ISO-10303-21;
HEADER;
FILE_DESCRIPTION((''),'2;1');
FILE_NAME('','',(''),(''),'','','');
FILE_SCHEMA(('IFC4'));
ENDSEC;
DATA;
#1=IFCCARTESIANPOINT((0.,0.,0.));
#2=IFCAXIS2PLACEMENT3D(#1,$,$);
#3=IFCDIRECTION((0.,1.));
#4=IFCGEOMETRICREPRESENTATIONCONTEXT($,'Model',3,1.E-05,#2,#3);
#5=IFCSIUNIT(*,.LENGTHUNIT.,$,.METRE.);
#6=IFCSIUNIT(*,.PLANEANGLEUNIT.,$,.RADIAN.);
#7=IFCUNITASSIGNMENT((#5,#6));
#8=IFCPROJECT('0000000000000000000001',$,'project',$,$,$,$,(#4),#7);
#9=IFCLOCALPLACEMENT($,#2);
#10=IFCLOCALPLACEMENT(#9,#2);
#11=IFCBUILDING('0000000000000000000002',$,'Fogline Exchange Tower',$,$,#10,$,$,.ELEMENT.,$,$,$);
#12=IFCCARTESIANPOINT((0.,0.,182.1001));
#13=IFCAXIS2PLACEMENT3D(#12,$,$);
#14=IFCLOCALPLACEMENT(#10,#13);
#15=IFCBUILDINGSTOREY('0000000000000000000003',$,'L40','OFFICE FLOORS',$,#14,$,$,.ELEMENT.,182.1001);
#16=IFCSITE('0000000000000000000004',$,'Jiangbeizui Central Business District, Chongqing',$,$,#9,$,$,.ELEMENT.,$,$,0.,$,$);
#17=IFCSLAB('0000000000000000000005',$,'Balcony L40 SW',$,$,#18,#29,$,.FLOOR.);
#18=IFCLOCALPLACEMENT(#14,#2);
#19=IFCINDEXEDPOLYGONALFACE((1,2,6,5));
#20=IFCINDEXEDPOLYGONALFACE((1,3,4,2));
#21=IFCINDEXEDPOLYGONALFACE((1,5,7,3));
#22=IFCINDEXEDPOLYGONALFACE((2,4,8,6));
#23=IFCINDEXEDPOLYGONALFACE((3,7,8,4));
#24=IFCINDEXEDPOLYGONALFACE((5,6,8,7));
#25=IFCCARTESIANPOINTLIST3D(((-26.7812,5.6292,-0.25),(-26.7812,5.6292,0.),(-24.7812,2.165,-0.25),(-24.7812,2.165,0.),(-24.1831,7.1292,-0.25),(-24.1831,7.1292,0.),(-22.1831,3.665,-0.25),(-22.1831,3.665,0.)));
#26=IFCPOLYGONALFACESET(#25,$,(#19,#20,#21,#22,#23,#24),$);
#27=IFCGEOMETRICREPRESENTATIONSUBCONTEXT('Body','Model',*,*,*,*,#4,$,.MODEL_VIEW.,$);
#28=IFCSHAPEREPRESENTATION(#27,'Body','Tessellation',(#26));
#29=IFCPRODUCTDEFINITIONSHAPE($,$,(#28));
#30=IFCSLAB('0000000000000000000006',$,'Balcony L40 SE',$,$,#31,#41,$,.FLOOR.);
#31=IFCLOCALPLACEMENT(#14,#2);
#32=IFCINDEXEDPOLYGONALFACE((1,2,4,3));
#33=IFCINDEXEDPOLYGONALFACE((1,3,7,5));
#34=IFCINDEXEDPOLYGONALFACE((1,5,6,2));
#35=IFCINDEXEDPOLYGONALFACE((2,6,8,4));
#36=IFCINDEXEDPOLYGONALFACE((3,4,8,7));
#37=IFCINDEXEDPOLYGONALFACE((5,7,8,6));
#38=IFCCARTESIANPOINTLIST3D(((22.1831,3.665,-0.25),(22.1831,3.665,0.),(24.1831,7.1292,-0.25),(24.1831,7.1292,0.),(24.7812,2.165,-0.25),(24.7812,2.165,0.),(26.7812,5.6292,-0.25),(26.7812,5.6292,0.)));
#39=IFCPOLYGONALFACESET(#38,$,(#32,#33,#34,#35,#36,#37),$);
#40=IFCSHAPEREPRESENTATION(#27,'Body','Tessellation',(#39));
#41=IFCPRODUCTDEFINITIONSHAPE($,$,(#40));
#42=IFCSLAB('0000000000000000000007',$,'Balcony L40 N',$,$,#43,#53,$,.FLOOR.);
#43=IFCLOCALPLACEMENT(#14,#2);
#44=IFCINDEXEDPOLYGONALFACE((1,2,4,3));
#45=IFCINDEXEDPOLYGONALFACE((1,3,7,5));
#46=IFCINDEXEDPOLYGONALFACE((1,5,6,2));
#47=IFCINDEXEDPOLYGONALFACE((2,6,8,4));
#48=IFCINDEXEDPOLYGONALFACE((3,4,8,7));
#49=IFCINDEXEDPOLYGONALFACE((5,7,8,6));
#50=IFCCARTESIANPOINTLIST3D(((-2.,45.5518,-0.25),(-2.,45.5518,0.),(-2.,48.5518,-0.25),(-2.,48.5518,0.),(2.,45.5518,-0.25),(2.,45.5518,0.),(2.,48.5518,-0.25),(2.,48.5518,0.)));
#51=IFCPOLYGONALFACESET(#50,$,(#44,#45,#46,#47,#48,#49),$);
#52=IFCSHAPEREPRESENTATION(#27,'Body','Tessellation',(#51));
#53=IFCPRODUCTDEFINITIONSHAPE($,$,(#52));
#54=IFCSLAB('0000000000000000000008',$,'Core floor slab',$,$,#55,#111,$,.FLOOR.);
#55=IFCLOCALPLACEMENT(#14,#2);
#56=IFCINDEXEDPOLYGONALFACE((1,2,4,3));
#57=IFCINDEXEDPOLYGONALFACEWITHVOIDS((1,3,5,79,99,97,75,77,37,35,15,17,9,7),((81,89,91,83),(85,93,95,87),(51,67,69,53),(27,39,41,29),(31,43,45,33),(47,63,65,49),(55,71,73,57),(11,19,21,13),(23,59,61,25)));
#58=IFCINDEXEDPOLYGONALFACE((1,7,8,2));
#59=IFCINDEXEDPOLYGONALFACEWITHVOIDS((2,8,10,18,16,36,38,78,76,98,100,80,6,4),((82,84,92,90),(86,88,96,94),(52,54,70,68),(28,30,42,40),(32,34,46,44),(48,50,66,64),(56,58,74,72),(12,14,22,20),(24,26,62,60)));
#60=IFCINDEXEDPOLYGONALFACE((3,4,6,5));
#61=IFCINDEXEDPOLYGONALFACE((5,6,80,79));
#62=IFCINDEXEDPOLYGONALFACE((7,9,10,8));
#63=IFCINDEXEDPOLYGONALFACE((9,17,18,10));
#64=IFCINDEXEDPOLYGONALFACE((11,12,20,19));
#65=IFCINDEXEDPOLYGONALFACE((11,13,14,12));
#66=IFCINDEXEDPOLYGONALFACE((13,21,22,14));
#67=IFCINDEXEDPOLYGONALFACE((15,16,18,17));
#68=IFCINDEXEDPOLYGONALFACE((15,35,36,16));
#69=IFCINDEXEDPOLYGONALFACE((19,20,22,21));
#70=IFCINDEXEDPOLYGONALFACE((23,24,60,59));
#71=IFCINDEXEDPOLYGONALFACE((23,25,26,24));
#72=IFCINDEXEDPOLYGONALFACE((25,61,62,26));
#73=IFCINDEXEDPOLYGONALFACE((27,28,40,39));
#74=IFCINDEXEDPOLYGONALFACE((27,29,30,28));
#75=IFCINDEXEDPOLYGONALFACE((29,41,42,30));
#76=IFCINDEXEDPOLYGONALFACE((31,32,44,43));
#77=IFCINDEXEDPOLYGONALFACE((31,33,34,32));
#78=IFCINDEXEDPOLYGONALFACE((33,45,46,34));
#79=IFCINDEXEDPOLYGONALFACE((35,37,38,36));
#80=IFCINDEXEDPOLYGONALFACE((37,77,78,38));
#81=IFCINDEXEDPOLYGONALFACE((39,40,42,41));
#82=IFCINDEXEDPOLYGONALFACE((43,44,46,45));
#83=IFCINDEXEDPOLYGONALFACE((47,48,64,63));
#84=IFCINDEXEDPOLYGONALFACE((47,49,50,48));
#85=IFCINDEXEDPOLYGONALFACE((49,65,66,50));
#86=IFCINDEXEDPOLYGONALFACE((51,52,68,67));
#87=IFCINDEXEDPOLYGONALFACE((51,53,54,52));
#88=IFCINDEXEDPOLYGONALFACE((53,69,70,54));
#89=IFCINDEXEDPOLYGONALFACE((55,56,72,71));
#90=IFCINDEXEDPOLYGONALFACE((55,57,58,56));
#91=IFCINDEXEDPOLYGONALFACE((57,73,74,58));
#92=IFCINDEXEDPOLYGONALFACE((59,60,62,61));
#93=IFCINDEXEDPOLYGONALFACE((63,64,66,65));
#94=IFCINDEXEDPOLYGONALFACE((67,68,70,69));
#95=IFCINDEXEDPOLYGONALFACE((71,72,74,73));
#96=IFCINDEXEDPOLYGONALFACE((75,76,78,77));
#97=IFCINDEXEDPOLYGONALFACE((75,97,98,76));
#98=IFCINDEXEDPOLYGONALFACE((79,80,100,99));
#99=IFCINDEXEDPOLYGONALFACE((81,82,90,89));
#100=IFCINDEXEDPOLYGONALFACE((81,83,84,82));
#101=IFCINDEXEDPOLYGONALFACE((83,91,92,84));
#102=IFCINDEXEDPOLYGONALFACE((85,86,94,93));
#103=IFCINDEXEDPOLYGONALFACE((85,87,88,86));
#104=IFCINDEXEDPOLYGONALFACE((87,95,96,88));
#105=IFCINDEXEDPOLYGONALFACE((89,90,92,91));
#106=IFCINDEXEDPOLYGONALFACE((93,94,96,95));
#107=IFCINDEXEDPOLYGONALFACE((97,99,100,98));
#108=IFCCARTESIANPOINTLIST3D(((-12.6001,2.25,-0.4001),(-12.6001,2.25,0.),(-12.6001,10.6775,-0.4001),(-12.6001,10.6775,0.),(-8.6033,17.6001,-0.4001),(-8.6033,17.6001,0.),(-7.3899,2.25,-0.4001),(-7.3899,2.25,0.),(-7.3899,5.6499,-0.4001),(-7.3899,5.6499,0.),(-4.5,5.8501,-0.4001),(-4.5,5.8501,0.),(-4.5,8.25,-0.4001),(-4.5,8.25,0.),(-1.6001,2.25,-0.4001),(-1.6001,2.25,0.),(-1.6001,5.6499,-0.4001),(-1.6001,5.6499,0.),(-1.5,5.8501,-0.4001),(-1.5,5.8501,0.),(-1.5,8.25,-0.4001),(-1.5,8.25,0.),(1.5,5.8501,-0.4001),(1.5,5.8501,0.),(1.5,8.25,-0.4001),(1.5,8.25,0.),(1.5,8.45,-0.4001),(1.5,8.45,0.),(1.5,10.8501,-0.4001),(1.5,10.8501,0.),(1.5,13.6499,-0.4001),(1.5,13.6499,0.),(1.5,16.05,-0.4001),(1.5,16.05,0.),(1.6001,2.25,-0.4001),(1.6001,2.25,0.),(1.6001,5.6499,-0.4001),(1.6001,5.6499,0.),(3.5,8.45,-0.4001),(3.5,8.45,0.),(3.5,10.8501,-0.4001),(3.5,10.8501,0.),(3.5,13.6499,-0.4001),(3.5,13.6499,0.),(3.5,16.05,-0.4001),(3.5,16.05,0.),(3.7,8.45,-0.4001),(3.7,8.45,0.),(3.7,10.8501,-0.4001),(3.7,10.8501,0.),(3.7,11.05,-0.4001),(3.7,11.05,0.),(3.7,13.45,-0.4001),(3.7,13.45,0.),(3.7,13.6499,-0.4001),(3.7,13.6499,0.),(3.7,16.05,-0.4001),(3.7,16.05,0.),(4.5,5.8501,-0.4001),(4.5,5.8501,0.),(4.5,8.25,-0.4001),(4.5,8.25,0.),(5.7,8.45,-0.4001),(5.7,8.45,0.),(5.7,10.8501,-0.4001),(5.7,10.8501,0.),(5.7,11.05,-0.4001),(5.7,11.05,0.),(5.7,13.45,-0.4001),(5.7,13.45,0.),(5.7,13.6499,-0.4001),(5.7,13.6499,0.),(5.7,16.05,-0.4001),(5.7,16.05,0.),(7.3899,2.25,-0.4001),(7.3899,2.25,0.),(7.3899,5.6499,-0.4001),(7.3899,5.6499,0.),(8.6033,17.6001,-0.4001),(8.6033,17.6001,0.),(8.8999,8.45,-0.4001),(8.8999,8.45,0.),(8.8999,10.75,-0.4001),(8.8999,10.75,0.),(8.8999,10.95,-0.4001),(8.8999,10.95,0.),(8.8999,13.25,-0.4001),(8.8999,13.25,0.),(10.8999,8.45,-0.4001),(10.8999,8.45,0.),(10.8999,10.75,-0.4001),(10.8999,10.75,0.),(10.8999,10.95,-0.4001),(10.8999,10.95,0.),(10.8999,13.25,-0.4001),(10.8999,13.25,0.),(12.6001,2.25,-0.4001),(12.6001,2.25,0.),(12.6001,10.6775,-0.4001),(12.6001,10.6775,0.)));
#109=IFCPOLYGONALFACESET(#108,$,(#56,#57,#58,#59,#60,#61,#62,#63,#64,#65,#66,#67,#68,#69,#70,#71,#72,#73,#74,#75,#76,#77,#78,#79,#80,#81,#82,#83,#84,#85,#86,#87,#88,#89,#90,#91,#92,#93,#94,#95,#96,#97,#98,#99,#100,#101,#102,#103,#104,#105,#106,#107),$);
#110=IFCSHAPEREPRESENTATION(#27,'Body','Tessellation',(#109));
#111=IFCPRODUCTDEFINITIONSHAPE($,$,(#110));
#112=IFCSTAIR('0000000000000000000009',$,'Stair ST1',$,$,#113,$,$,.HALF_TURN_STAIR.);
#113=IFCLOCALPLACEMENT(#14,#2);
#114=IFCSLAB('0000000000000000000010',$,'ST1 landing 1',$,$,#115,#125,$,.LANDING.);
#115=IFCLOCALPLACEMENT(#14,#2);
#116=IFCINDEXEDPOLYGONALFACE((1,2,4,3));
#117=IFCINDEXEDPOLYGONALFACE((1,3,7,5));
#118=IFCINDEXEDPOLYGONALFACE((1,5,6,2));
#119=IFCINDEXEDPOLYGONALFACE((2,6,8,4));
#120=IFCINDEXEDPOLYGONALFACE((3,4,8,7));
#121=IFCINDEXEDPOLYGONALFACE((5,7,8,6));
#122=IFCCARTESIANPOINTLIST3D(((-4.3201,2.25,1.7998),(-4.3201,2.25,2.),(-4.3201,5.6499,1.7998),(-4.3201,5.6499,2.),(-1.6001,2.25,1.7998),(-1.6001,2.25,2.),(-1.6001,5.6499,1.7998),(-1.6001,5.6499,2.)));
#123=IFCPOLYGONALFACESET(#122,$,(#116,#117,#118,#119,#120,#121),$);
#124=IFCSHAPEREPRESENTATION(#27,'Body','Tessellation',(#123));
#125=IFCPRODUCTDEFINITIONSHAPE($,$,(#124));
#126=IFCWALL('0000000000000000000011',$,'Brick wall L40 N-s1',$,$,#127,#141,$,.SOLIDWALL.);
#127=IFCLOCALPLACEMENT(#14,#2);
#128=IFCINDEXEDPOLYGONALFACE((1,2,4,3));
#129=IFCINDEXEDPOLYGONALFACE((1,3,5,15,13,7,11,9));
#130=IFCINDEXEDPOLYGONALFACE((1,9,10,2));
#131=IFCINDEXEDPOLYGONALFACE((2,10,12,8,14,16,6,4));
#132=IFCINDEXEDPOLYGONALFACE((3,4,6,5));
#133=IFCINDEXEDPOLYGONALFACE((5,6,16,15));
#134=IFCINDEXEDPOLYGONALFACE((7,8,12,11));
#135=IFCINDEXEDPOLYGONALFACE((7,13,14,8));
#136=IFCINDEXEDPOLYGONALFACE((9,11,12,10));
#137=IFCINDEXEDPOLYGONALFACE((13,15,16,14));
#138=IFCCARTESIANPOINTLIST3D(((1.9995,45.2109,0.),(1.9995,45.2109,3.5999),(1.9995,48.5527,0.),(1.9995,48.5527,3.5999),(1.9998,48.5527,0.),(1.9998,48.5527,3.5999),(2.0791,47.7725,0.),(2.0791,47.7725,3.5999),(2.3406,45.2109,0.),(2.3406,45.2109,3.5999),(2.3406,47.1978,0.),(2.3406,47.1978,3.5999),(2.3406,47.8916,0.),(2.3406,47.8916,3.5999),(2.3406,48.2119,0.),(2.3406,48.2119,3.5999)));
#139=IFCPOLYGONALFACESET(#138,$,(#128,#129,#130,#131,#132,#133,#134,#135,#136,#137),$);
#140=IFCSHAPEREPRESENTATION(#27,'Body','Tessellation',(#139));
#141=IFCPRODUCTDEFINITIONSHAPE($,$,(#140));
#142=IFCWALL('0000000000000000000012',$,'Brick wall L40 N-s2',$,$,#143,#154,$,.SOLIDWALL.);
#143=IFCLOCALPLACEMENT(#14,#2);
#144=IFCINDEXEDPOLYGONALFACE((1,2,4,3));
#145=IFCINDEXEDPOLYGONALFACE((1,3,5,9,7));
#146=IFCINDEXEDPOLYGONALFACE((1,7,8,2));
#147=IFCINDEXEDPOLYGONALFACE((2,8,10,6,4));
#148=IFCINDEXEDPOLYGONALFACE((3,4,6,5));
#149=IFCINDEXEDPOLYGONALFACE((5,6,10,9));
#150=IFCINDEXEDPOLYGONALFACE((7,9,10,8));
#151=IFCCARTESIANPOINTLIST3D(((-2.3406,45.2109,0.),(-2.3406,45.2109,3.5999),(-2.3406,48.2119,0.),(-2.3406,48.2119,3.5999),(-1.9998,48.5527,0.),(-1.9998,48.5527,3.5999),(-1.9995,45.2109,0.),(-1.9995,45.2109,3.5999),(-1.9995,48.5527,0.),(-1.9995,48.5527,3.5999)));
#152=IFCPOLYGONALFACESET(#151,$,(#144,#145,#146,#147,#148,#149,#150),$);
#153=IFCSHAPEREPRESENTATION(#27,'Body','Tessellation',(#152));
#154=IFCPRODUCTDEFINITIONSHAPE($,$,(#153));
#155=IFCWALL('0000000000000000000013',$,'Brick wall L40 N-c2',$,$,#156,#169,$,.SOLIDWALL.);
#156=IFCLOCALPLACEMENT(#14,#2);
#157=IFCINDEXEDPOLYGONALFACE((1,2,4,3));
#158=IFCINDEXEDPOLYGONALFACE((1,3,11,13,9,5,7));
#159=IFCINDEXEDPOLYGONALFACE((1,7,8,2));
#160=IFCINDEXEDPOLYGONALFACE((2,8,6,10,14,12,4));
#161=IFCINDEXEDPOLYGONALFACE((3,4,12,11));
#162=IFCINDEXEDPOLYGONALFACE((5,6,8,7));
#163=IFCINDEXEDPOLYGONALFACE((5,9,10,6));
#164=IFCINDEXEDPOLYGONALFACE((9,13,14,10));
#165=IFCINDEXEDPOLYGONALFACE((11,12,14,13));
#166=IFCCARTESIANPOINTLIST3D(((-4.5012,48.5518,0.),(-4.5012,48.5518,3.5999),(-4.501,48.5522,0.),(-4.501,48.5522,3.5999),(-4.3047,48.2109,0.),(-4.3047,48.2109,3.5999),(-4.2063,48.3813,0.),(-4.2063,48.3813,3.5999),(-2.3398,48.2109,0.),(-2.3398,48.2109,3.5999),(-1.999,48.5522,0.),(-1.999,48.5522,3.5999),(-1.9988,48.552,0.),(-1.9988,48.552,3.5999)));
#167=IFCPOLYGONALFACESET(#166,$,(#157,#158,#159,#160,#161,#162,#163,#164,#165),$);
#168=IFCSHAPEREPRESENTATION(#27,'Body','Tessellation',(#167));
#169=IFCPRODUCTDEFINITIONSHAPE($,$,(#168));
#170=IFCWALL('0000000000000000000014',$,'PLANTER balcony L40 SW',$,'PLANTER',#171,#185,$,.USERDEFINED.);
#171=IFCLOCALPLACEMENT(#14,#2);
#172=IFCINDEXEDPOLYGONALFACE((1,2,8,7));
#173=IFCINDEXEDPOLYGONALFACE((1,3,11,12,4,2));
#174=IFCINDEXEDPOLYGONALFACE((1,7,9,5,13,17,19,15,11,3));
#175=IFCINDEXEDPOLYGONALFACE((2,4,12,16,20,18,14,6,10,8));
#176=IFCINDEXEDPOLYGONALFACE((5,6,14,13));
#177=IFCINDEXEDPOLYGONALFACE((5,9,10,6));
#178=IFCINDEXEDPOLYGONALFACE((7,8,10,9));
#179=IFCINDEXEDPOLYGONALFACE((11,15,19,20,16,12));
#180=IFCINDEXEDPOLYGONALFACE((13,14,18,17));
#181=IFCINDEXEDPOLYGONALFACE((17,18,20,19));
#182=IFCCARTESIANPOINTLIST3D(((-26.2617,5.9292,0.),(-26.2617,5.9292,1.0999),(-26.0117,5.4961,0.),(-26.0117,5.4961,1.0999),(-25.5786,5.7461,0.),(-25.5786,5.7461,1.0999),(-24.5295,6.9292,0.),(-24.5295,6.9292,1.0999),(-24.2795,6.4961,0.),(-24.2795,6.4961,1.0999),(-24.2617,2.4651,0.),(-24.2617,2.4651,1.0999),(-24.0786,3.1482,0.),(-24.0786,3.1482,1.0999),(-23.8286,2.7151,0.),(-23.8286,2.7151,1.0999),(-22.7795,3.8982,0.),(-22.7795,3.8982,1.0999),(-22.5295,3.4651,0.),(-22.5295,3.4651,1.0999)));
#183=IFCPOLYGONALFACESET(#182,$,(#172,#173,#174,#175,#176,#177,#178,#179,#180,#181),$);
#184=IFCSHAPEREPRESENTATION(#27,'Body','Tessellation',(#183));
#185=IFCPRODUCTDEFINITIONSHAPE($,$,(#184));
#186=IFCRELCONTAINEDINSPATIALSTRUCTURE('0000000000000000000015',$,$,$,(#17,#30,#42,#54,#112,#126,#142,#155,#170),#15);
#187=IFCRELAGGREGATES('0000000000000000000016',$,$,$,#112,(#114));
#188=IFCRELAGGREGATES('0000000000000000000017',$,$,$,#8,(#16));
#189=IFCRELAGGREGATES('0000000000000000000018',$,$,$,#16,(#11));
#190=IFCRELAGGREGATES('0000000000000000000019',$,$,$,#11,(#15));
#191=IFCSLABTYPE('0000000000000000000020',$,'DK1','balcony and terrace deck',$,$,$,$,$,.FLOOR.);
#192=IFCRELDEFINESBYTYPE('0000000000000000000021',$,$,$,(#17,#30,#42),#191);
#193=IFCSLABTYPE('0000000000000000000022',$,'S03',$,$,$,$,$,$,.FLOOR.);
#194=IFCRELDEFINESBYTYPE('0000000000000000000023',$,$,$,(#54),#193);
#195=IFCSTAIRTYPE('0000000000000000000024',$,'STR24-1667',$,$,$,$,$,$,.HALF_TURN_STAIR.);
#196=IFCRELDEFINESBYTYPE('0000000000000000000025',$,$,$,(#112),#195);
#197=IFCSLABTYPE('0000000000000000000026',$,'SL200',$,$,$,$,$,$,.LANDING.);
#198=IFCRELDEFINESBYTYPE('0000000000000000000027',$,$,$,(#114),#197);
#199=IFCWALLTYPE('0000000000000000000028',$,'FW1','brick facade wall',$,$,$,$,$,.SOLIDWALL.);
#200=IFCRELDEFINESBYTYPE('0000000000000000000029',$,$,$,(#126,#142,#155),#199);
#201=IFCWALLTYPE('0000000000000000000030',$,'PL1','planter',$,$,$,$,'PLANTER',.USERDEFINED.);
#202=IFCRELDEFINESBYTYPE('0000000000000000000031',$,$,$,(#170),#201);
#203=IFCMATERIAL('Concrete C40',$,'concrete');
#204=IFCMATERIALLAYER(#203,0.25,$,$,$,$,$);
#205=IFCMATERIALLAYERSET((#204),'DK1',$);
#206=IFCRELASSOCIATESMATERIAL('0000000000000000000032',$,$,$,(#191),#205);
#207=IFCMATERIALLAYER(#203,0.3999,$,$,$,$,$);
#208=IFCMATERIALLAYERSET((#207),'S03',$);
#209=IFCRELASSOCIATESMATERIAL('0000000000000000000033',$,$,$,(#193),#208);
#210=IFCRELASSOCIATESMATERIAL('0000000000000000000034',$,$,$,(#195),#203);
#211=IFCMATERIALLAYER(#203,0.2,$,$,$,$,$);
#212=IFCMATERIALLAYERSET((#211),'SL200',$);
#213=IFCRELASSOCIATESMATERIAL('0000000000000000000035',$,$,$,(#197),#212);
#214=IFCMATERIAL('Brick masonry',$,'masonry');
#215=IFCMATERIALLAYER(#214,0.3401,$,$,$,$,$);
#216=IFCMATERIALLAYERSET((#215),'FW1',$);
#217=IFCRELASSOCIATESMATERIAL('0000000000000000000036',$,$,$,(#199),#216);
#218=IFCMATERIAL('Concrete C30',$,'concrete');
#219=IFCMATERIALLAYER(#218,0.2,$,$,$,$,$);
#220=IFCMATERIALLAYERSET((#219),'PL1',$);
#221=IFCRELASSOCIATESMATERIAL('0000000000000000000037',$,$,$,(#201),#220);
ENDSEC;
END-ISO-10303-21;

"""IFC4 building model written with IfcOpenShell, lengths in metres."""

from ifc_helpers import new_model, si_unit, direction, frame, origin, place, context, subcontext, project, spatial, polyline, outline, extrude, material, layer, layer_set, type_object, element, aggregate, save


model = new_model("IFC4")

# Units and contexts
model_context = context("Model", 3, precision=1e-05, world=origin(), true_north=direction((0.0, 1.0)))
body_context = subcontext(model_context, "Body", "Model", "MODEL_VIEW")
ifc_project = project(units=[si_unit("LENGTHUNIT", "METRE"), si_unit("PLANEANGLEUNIT", "RADIAN")], contexts=[model_context])

# Site, building, storey
site_placement = place(None, origin())
site = spatial("IfcSite", under=ifc_project, at=site_placement, Name="Jiangbeizui Central Business District, Chongqing", CompositionType="ELEMENT", RefElevation=0.0)
building_placement = place(site_placement, origin())
building = spatial("IfcBuilding", under=site, at=building_placement, Name="Fogline Exchange Tower", CompositionType="ELEMENT")
storey_placement = place(building_placement, frame((0.0, 0.0, 182.1001)))
storey = spatial("IfcBuildingStorey", under=building, at=storey_placement, Name="L40", Description="OFFICE FLOORS", CompositionType="ELEMENT", Elevation=182.1001)

# Slabs
ifc_material_1 = material(Name="Concrete C40", Category="concrete")
ifc_layer_1 = layer(ifc_material_1, 0.25)
ifc_layer_set_1 = layer_set([ifc_layer_1], Name="DK1")
slab_type_1 = type_object("IfcSlabType", Name="DK1", Description="balcony and terrace deck", PredefinedType="FLOOR", material=ifc_layer_set_1)
slab_1_placement = place(storey_placement, frame((0.0, 0.0, -0.25)))
element("IfcSlab", 1, at=slab_1_placement, inside=storey, type_object=slab_type_1, Name="Balcony L40 SW", PredefinedType="FLOOR", context=body_context, shape_type="SweptSolid", body=[
    extrude(outline(polyline([(-26.7812, 5.6292), (-24.7812, 2.165), (-22.1831, 3.665), (-24.1831, 7.1292), (-26.7812, 5.6292)])), origin(), (0.0, 0.0, 1.0), 0.25),
])
slab_2_placement = place(storey_placement, frame((0.0, 0.0, -0.25)))
element("IfcSlab", 2, at=slab_2_placement, inside=storey, type_object=slab_type_1, Name="Balcony L40 SE", PredefinedType="FLOOR", context=body_context, shape_type="SweptSolid", body=[
    extrude(outline(polyline([(24.7812, 2.165), (26.7812, 5.6292), (24.1831, 7.1292), (22.1831, 3.665), (24.7812, 2.165)])), origin(), (0.0, 0.0, 1.0), 0.25),
])
slab_3_placement = place(storey_placement, frame((0.0, 0.0, -0.25)))
element("IfcSlab", 3, at=slab_3_placement, inside=storey, type_object=slab_type_1, Name="Balcony L40 N", PredefinedType="FLOOR", context=body_context, shape_type="SweptSolid", body=[
    extrude(outline(polyline([(2.0, 48.5518), (-2.0, 48.5518), (-2.0, 45.5518), (2.0, 45.5518), (2.0, 48.5518)])), origin(), (0.0, 0.0, 1.0), 0.25),
])
ifc_layer_2 = layer(ifc_material_1, 0.3999)
ifc_layer_set_2 = layer_set([ifc_layer_2], Name="S03")
slab_type_2 = type_object("IfcSlabType", Name="S03", PredefinedType="FLOOR", material=ifc_layer_set_2)
slab_4_placement = place(storey_placement, frame((0.0, 0.0, -0.4001)))
element("IfcSlab", 4, at=slab_4_placement, inside=storey, type_object=slab_type_2, Name="Core floor slab", PredefinedType="FLOOR", context=body_context, shape_type="SweptSolid", body=[
    extrude(outline(polyline([(-12.6001, 2.25), (-12.6001, 10.6775), (-8.6033, 17.6001), (8.6033, 17.6001), (12.6001, 10.6775), (12.6001, 2.25), (7.3899, 2.25), (7.3899, 5.6499), (1.6001, 5.6499), (1.6001, 2.25), (-1.6001, 2.25), (-1.6001, 5.6499), (-7.3899, 5.6499), (-7.3899, 2.25), (-12.6001, 2.25)]), holes=[polyline([(-4.5, 8.25), (-4.5, 5.8501), (-1.5, 5.8501), (-1.5, 8.25), (-4.5, 8.25)]), polyline([(4.5, 8.25), (1.5, 8.25), (1.5, 5.8501), (4.5, 5.8501), (4.5, 8.25)]), polyline([(3.5, 10.8501), (1.5, 10.8501), (1.5, 8.45), (3.5, 8.45), (3.5, 10.8501)]), polyline([(1.5, 16.05), (1.5, 13.6499), (3.5, 13.6499), (3.5, 16.05), (1.5, 16.05)]), polyline([(10.8999, 10.75), (8.8999, 10.75), (8.8999, 8.45), (10.8999, 8.45), (10.8999, 10.75)]), polyline([(5.7, 10.8501), (3.7, 10.8501), (3.7, 8.45), (5.7, 8.45), (5.7, 10.8501)]), polyline([(8.8999, 13.25), (8.8999, 10.95), (10.8999, 10.95), (10.8999, 13.25), (8.8999, 13.25)]), polyline([(5.7, 13.45), (3.7, 13.45), (3.7, 11.05), (5.7, 11.05), (5.7, 13.45)]), polyline([(5.7, 16.05), (3.7, 16.05), (3.7, 13.6499), (5.7, 13.6499), (5.7, 16.05)])]), origin(), (0.0, 0.0, 1.0), 0.4001),
])

# Stair, slab
stair_type = type_object("IfcStairType", Name="STR24-1667", PredefinedType="HALF_TURN_STAIR", material=ifc_material_1)
stair_placement = place(storey_placement, origin())
stair = element("IfcStair", 5, at=stair_placement, inside=storey, type_object=stair_type, Name="Stair ST1", PredefinedType="HALF_TURN_STAIR")
ifc_layer_3 = layer(ifc_material_1, 0.2)
ifc_layer_set_3 = layer_set([ifc_layer_3], Name="SL200")
slab_type_3 = type_object("IfcSlabType", Name="SL200", PredefinedType="LANDING", material=ifc_layer_set_3)
slab_5_placement = place(storey_placement, frame((0.0, 0.0, 1.7998)))
slab_5 = element("IfcSlab", 6, at=slab_5_placement, type_object=slab_type_3, Name="ST1 landing 1", PredefinedType="LANDING", context=body_context, shape_type="SweptSolid", body=[
    extrude(outline(polyline([(-4.3201, 2.25), (-1.6001, 2.25), (-1.6001, 5.6499), (-4.3201, 5.6499), (-4.3201, 2.25)])), origin(), (0.0, 0.0, 1.0), 0.2002),
])
aggregate(stair, [slab_5])

# Walls
ifc_material_2 = material(Name="Brick masonry", Category="masonry")
ifc_layer_4 = layer(ifc_material_2, 0.3401)
ifc_layer_set_4 = layer_set([ifc_layer_4], Name="FW1")
wall_type_1 = type_object("IfcWallType", Name="FW1", Description="brick facade wall", PredefinedType="SOLIDWALL", material=ifc_layer_set_4)
wall_1_placement = place(storey_placement, origin())
element("IfcWall", 7, at=wall_1_placement, inside=storey, type_object=wall_type_1, Name="Brick wall L40 N-s1", PredefinedType="SOLIDWALL", context=body_context, shape_type="SweptSolid", body=[
    extrude(outline(polyline([(1.9995, 45.2109), (1.9995, 48.5527), (1.9998, 48.5527), (2.3406, 48.2119), (2.3406, 47.8916), (2.0791, 47.7725), (2.3406, 47.1978), (2.3406, 45.2109), (1.9995, 45.2109)])), origin(), (0.0, 0.0, 1.0), 3.5999),
])
wall_2_placement = place(storey_placement, origin())
element("IfcWall", 8, at=wall_2_placement, inside=storey, type_object=wall_type_1, Name="Brick wall L40 N-s2", PredefinedType="SOLIDWALL", context=body_context, shape_type="SweptSolid", body=[
    extrude(outline(polyline([(-1.9995, 48.5527), (-1.9995, 45.2109), (-2.3406, 45.2109), (-2.3406, 48.2119), (-1.9998, 48.5527), (-1.9995, 48.5527)])), origin(), (0.0, 0.0, 1.0), 3.5999),
])
wall_3_placement = place(storey_placement, origin())
element("IfcWall", 9, at=wall_3_placement, inside=storey, type_object=wall_type_1, Name="Brick wall L40 N-c2", PredefinedType="SOLIDWALL", context=body_context, shape_type="SweptSolid", body=[
    extrude(outline(polyline([(-4.3047, 48.2109), (-4.2063, 48.3813), (-4.5012, 48.5518), (-4.501, 48.5522), (-1.999, 48.5522), (-1.9988, 48.552), (-2.3398, 48.2109), (-4.3047, 48.2109)])), origin(), (0.0, 0.0, 1.0), 3.5999),
])
ifc_material_3 = material(Name="Concrete C30", Category="concrete")
ifc_layer_5 = layer(ifc_material_3, 0.2)
ifc_layer_set_5 = layer_set([ifc_layer_5], Name="PL1")
wall_type_2 = type_object("IfcWallType", Name="PL1", Description="planter", ElementType="PLANTER", PredefinedType="USERDEFINED", material=ifc_layer_set_5)
wall_4_placement = place(storey_placement, origin())
element("IfcWall", 10, at=wall_4_placement, inside=storey, type_object=wall_type_2, Name="PLANTER balcony L40 SW", ObjectType="PLANTER", PredefinedType="USERDEFINED", context=body_context, shape_type="SweptSolid", body=[
    extrude(outline(polyline([(-22.7795, 3.8982), (-24.0786, 3.1482), (-25.5786, 5.7461), (-24.2795, 6.4961), (-24.5295, 6.9292), (-26.2617, 5.9292), (-26.0117, 5.4961), (-24.2617, 2.4651), (-23.8286, 2.7151), (-23.8286, 2.7151), (-22.5295, 3.4651), (-22.7795, 3.8982)])), origin(), (0.0, 0.0, 1.0), 1.0999),
])

save(model, "model.ifc")
